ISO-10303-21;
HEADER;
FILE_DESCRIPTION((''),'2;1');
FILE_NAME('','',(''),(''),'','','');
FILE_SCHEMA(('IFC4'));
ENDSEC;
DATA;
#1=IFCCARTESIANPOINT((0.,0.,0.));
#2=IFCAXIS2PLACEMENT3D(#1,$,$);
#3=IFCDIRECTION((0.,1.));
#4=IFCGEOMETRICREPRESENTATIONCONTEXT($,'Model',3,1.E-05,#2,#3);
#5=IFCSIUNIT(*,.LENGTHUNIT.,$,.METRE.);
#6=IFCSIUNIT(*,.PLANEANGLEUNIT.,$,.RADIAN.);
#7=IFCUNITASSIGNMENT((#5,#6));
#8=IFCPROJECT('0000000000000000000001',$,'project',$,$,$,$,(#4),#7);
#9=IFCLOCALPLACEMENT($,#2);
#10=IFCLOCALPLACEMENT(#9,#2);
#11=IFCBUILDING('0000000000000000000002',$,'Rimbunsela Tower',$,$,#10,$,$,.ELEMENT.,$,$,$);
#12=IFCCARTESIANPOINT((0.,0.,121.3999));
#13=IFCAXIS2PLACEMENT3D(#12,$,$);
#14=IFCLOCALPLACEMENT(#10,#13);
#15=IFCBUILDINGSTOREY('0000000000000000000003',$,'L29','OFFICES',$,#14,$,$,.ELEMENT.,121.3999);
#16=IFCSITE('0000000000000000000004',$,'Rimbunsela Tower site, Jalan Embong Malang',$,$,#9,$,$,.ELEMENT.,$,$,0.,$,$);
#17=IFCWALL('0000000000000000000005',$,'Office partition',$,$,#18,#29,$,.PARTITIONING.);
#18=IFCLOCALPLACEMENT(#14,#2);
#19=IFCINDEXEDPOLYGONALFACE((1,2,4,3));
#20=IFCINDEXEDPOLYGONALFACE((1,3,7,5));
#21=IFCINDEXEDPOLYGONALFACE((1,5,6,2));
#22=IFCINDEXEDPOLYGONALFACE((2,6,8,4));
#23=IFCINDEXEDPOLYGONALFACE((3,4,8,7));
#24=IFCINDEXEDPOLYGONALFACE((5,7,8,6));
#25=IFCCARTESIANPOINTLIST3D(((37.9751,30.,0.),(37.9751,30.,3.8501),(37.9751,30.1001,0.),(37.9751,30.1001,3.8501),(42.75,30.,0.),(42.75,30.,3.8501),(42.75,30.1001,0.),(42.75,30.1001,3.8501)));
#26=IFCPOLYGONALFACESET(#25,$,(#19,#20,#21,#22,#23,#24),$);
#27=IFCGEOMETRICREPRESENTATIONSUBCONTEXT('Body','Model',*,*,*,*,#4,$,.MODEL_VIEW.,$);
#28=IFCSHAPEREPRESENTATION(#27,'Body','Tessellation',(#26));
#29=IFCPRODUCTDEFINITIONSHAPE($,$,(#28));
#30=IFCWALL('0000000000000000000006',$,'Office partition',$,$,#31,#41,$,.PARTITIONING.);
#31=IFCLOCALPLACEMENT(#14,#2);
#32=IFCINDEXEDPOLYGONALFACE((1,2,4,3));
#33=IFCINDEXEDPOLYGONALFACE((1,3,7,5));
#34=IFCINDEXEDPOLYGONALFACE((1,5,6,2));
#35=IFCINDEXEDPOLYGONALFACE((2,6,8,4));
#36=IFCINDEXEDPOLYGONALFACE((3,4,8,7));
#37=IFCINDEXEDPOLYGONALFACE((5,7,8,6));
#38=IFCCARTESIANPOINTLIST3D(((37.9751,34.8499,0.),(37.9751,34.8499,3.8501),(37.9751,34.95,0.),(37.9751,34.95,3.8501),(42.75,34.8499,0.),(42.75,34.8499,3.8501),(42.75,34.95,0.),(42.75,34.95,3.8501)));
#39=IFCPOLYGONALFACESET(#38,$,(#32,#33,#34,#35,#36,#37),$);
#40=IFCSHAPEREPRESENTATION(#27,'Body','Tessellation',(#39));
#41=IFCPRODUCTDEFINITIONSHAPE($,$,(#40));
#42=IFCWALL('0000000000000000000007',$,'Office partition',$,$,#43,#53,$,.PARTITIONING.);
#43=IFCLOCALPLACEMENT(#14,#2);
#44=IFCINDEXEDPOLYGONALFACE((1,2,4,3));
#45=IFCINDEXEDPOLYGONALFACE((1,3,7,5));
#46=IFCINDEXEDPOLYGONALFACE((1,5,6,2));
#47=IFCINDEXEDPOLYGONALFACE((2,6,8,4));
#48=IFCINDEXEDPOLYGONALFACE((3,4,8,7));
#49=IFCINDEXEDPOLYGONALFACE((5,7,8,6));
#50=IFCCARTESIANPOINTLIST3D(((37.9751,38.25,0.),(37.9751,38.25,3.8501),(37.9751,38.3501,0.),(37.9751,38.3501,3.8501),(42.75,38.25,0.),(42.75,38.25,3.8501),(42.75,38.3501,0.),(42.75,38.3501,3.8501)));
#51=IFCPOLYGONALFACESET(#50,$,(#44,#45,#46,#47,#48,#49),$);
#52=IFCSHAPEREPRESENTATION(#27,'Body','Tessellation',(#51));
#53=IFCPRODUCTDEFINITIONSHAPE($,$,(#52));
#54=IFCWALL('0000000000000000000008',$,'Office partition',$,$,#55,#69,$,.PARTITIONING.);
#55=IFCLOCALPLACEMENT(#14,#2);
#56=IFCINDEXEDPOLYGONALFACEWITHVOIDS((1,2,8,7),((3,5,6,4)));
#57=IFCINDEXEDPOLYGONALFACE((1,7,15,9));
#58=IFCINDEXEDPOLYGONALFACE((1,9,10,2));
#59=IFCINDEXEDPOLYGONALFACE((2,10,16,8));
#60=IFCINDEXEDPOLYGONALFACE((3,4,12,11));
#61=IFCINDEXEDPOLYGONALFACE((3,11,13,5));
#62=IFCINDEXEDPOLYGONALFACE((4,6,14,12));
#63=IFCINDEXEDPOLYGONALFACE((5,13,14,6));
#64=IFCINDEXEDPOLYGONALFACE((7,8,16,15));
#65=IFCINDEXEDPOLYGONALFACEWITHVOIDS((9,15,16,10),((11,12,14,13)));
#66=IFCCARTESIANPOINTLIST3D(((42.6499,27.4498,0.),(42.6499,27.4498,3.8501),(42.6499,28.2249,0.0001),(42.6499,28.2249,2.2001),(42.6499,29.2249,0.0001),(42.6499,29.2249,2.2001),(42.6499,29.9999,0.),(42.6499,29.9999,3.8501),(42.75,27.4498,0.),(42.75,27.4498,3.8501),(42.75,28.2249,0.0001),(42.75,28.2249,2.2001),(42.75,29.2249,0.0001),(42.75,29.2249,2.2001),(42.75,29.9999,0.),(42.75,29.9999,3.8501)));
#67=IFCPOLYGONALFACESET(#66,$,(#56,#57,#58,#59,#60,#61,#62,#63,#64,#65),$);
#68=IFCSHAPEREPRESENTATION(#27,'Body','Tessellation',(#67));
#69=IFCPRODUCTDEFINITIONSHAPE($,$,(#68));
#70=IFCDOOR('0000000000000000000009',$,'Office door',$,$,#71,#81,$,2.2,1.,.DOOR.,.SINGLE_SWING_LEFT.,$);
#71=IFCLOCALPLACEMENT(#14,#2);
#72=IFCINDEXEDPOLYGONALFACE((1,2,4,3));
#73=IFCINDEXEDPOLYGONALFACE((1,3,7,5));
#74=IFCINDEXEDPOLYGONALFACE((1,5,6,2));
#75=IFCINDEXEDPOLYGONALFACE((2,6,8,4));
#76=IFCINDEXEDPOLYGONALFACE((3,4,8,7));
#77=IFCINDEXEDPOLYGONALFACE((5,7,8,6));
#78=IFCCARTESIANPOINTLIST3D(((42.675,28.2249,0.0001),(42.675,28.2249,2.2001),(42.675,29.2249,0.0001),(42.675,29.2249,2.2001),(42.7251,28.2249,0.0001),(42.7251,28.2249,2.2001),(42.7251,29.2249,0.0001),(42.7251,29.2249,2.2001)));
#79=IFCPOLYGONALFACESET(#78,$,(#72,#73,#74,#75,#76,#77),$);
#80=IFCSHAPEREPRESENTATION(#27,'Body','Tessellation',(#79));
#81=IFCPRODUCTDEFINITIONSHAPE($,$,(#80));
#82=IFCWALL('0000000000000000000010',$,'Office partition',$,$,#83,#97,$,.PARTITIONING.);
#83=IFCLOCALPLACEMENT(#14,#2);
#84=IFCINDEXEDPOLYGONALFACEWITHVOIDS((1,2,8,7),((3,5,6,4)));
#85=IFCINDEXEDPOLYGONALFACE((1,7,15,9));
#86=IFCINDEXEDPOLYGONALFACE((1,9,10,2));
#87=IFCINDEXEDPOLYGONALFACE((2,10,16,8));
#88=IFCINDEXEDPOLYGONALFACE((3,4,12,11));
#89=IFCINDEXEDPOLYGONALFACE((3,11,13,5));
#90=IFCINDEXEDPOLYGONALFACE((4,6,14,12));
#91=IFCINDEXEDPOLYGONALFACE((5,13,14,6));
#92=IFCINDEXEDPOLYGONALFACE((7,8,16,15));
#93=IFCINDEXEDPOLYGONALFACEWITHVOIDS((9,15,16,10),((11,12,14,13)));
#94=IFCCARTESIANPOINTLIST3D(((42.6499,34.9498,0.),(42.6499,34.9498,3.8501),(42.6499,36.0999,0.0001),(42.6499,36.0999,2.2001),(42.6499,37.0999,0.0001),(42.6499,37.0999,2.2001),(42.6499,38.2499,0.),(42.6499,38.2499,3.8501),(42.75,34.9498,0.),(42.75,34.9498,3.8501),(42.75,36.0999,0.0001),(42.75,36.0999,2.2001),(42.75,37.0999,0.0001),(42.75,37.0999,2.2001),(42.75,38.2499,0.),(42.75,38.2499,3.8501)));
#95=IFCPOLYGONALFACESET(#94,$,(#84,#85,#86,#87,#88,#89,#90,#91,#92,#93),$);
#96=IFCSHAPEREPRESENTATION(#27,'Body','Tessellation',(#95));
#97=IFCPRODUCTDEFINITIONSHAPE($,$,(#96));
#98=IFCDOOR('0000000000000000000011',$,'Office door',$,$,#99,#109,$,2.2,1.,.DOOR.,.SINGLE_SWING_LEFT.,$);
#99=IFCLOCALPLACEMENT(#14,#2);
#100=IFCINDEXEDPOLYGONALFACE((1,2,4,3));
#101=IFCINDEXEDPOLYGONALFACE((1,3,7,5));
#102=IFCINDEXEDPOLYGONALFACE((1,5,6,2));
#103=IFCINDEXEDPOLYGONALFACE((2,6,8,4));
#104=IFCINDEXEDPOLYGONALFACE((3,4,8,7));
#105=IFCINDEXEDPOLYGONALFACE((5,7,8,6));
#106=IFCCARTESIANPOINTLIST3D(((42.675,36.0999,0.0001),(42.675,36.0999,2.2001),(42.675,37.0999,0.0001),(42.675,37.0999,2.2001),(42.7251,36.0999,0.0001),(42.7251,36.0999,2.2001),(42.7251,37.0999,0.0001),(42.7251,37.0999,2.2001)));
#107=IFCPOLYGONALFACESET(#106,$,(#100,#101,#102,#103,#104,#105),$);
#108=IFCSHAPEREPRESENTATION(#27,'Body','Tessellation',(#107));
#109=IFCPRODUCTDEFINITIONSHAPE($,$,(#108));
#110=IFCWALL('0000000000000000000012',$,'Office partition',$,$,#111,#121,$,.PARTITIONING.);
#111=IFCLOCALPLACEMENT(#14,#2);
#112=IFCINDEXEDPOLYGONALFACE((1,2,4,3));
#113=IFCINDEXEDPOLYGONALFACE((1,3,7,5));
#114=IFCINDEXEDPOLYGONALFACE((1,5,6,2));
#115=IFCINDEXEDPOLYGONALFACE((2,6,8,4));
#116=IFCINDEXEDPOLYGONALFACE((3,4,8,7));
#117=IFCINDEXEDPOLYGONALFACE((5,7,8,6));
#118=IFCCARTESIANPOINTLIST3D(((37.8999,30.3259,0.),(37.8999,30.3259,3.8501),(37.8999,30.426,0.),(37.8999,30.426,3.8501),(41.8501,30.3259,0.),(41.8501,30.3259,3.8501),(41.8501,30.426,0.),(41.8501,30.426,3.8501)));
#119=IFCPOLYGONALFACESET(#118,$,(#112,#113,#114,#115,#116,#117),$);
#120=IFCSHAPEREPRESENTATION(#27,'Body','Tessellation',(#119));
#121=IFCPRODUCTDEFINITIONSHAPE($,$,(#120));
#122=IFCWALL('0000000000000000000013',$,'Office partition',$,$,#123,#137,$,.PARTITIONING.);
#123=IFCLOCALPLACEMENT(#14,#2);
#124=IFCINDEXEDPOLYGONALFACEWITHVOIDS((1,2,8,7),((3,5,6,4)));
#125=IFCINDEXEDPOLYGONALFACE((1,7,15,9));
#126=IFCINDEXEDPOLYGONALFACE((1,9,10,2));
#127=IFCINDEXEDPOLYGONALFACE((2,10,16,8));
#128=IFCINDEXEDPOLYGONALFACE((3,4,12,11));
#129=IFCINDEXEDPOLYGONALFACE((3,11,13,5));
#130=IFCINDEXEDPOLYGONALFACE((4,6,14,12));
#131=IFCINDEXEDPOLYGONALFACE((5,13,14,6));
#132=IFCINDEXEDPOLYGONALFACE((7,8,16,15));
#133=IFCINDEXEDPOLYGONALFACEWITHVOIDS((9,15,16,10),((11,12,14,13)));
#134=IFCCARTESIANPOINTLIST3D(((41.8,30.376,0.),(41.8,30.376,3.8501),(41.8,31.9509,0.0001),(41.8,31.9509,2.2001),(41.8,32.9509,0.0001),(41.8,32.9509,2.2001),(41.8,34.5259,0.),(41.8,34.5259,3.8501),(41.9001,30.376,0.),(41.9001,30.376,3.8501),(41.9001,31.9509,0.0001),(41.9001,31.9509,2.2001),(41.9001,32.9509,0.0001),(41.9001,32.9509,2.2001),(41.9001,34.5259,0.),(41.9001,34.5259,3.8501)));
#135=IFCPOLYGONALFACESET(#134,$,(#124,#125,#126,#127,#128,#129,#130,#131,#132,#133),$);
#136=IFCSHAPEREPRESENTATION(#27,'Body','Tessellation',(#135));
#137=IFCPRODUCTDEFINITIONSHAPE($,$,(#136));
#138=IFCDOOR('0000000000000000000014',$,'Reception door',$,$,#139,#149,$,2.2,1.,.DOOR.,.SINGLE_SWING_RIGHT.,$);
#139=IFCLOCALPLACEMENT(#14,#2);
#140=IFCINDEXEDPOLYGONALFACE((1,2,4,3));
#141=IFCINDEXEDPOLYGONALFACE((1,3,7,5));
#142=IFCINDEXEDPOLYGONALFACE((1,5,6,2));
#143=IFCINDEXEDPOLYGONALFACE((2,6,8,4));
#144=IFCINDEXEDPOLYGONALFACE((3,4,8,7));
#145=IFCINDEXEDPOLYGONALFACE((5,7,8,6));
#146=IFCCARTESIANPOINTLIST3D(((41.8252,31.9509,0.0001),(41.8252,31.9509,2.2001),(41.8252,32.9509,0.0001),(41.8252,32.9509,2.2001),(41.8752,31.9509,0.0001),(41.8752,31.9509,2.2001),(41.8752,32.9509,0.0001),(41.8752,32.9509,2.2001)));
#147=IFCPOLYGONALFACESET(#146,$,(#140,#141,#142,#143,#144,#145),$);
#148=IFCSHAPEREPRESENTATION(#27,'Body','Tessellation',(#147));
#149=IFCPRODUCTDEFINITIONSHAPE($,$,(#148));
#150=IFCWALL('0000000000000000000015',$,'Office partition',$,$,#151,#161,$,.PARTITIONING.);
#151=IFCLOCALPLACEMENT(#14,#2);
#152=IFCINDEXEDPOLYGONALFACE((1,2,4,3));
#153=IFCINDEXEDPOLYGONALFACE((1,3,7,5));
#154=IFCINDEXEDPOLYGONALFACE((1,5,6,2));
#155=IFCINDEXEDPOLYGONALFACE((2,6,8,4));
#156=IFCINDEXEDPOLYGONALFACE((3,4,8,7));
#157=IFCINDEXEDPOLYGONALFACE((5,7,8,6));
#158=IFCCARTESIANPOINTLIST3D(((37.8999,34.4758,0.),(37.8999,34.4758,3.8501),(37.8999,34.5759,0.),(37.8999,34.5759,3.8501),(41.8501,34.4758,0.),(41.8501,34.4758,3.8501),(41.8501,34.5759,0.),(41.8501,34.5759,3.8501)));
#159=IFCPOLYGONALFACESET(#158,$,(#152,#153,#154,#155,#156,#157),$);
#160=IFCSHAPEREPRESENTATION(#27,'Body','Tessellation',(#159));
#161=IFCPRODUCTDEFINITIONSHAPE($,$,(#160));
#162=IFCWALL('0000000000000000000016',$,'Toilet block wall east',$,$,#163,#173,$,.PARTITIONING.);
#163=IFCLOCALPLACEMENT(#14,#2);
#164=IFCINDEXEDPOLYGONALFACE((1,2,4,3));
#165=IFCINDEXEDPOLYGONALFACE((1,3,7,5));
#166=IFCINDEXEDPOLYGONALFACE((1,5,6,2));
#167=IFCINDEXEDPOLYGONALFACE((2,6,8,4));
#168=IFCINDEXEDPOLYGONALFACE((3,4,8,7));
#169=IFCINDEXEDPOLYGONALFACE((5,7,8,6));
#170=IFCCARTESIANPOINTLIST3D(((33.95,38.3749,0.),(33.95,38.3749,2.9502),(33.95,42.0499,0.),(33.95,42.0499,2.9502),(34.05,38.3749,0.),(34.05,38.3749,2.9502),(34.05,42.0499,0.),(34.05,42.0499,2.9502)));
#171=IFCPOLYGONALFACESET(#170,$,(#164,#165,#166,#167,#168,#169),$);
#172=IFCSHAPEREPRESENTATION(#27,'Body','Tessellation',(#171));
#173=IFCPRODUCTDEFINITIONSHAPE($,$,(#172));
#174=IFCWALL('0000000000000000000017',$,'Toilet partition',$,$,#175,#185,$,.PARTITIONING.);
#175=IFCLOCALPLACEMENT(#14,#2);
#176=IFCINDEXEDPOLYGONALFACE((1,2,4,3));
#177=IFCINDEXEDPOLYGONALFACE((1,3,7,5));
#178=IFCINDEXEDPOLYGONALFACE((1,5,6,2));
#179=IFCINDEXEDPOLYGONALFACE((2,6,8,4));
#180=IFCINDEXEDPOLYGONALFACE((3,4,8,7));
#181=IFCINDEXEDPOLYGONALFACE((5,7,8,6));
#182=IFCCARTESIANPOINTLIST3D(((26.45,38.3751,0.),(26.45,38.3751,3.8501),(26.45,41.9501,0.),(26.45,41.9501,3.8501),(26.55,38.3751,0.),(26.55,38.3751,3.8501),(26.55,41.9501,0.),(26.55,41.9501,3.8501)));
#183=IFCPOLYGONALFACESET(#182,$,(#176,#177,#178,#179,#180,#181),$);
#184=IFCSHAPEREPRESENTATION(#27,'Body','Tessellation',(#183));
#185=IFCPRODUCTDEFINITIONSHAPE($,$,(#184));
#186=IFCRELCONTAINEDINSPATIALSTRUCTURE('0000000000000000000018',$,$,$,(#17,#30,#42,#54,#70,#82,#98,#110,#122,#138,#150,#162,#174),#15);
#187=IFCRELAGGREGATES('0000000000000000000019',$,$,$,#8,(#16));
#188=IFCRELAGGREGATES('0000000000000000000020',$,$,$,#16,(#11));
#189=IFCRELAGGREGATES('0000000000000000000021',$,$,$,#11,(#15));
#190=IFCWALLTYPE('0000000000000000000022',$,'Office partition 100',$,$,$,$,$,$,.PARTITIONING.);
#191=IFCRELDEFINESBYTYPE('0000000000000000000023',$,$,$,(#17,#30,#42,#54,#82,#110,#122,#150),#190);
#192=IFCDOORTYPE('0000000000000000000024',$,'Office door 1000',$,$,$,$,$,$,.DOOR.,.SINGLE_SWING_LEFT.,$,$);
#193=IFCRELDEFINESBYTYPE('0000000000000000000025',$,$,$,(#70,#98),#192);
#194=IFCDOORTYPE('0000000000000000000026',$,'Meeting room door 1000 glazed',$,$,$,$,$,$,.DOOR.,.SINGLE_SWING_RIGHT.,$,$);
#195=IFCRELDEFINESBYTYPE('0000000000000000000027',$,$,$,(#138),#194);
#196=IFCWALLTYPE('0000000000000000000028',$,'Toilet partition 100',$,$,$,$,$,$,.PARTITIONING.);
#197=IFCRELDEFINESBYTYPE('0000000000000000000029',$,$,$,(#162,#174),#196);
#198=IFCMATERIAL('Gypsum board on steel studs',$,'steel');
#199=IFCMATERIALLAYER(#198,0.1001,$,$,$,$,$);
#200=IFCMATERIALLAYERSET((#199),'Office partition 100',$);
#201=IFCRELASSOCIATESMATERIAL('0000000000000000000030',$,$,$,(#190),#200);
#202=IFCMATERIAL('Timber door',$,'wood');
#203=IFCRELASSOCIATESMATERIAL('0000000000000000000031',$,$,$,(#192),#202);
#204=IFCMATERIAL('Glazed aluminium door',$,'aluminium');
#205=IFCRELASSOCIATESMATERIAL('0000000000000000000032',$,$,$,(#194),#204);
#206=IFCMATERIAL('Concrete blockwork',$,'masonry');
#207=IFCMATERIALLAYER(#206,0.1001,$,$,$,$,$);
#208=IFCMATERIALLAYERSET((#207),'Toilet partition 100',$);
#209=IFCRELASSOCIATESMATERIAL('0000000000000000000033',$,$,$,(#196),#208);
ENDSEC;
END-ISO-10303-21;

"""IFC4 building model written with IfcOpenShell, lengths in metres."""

from ifc_helpers import new_model, si_unit, direction, frame, frame_2d, origin, place, context, subcontext, project, spatial, rectangle, extrude, material, layer, layer_set, type_object, element, fill, save


model = new_model("IFC4")

# Units and contexts
model_context = context("Model", 3, precision=1e-05, world=origin(), true_north=direction((0.0, 1.0)))
body_context = subcontext(model_context, "Body", "Model", "MODEL_VIEW")
ifc_project = project(units=[si_unit("LENGTHUNIT", "METRE"), si_unit("PLANEANGLEUNIT", "RADIAN")], contexts=[model_context])

# Site, building, storey
site_placement = place(None, origin())
site = spatial("IfcSite", under=ifc_project, at=site_placement, Name="Rimbunsela Tower site, Jalan Embong Malang", CompositionType="ELEMENT", RefElevation=0.0)
building_placement = place(site_placement, origin())
building = spatial("IfcBuilding", under=site, at=building_placement, Name="Rimbunsela Tower", CompositionType="ELEMENT")
storey_placement = place(building_placement, frame((0.0, 0.0, 121.3999)))
storey = spatial("IfcBuildingStorey", under=building, at=storey_placement, Name="L29", Description="OFFICES", CompositionType="ELEMENT", Elevation=121.3999)

# Walls
ifc_material_1 = material(Name="Gypsum board on steel studs", Category="steel")
ifc_layer_1 = layer(ifc_material_1, 0.1001)
ifc_layer_set_1 = layer_set([ifc_layer_1], Name="Office partition 100")
wall_type_1 = type_object("IfcWallType", Name="Office partition 100", PredefinedType="PARTITIONING", material=ifc_layer_set_1)
for number, where, z_axis, x_axis, name in (
    (1, (37.9751, 30.05, 0.0), (0.0, 0.0, 1.0), (1.0, 0.0, 0.0), "Office partition"),
    (2, (37.9751, 34.8999, 0.0), (0.0, 0.0, 1.0), (1.0, 0.0, 0.0), "Office partition"),
    (3, (37.9751, 38.3, 0.0), (0.0, 0.0, 1.0), (1.0, 0.0, 0.0), "Office partition"),
):
    element("IfcWall", number, at=place(storey_placement, frame(where, z_axis=z_axis, x_axis=x_axis)), inside=storey, type_object=wall_type_1, Name=name, PredefinedType="PARTITIONING", context=body_context, shape_type="SweptSolid", body=[
        extrude(rectangle(XDim=4.7749, YDim=0.1001, at=frame_2d((2.3875, 0.0))), origin(), (0.0, 0.0, 1.0), 3.8501),
    ])

# Walls, openings, doors
wall_1_placement = place(storey_placement, frame((42.7, 27.45, 0.0), z_axis=(0.0, 0.0, 1.0), x_axis=(0.0, 1.0, 0.0)))
wall_1 = element("IfcWall", 4, at=wall_1_placement, inside=storey, type_object=wall_type_1, Name="Office partition", PredefinedType="PARTITIONING", context=body_context, shape_type="SweptSolid", body=[
    extrude(rectangle(XDim=2.55, YDim=0.1001, at=frame_2d((1.2749, 0.0))), origin(), (0.0, 0.0, 1.0), 3.8501),
])
opening_1_placement = place(wall_1_placement, frame((0.7749, 0.0, 0.0)))
opening_1 = element("IfcOpeningElement", 5, at=opening_1_placement, cuts=wall_1, PredefinedType="OPENING", context=body_context, shape_type="SweptSolid", body=[
    extrude(rectangle(XDim=1.0, YDim=2.2, at=frame_2d((0.5, 1.1001))), frame((0.0, 0.0601, 0.0), z_axis=(0.0, -1.0, 0.0), x_axis=(1.0, 0.0, 0.0)), (0.0, 0.0, 1.0), 0.1201),
])
ifc_material_2 = material(Name="Timber door", Category="wood")
door_type_1 = type_object("IfcDoorType", Name="Office door 1000", OperationType="SINGLE_SWING_LEFT", PredefinedType="DOOR", material=ifc_material_2)
door_1_placement = place(opening_1_placement, origin())
door_1 = element("IfcDoor", 6, at=door_1_placement, inside=storey, type_object=door_type_1, Name="Office door", OperationType="SINGLE_SWING_LEFT", OverallHeight=2.2, OverallWidth=1.0, PredefinedType="DOOR", context=body_context, shape_type="SweptSolid", body=[
    extrude(rectangle(XDim=1.0, YDim=2.2, at=frame_2d((0.5, 1.1001))), frame((0.0, 0.0249, 0.0), z_axis=(0.0, -1.0, 0.0), x_axis=(1.0, 0.0, 0.0)), (0.0, 0.0, 1.0), 0.05),
])
fill(opening_1, door_1)
wall_2_placement = place(storey_placement, frame((42.7, 34.95, 0.0), z_axis=(0.0, 0.0, 1.0), x_axis=(0.0, 1.0, 0.0)))
wall_2 = element("IfcWall", 7, at=wall_2_placement, inside=storey, type_object=wall_type_1, Name="Office partition", PredefinedType="PARTITIONING", context=body_context, shape_type="SweptSolid", body=[
    extrude(rectangle(XDim=3.3, YDim=0.1001, at=frame_2d((1.6499, 0.0))), origin(), (0.0, 0.0, 1.0), 3.8501),
])
opening_2_placement = place(wall_2_placement, frame((1.1499, 0.0, 0.0)))
opening_2 = element("IfcOpeningElement", 8, at=opening_2_placement, cuts=wall_2, PredefinedType="OPENING", context=body_context, shape_type="SweptSolid", body=[
    extrude(rectangle(XDim=1.0, YDim=2.2, at=frame_2d((0.5, 1.1001))), frame((0.0, 0.0601, 0.0), z_axis=(0.0, -1.0, 0.0), x_axis=(1.0, 0.0, 0.0)), (0.0, 0.0, 1.0), 0.1201),
])
door_2_placement = place(opening_2_placement, origin())
door_2 = element("IfcDoor", 9, at=door_2_placement, inside=storey, type_object=door_type_1, Name="Office door", OperationType="SINGLE_SWING_LEFT", OverallHeight=2.2, OverallWidth=1.0, PredefinedType="DOOR", context=body_context, shape_type="SweptSolid", body=[
    extrude(rectangle(XDim=1.0, YDim=2.2, at=frame_2d((0.5, 1.1001))), frame((0.0, 0.0249, 0.0), z_axis=(0.0, -1.0, 0.0), x_axis=(1.0, 0.0, 0.0)), (0.0, 0.0, 1.0), 0.05),
])
fill(opening_2, door_2)

# Wall
wall_3_placement = place(storey_placement, frame((37.8999, 30.376, 0.0), z_axis=(0.0, 0.0, 1.0), x_axis=(1.0, 0.0, 0.0)))
element("IfcWall", 10, at=wall_3_placement, inside=storey, type_object=wall_type_1, Name="Office partition", PredefinedType="PARTITIONING", context=body_context, shape_type="SweptSolid", body=[
    extrude(rectangle(XDim=3.9502, YDim=0.1001, at=frame_2d((1.9751, 0.0))), origin(), (0.0, 0.0, 1.0), 3.8501),
])

# Wall, opening, door
wall_4_placement = place(storey_placement, frame((41.8501, 30.376, 0.0), z_axis=(0.0, 0.0, 1.0), x_axis=(0.0, 1.0, 0.0)))
wall_4 = element("IfcWall", 11, at=wall_4_placement, inside=storey, type_object=wall_type_1, Name="Office partition", PredefinedType="PARTITIONING", context=body_context, shape_type="SweptSolid", body=[
    extrude(rectangle(XDim=4.1499, YDim=0.1001, at=frame_2d((2.075, 0.0))), origin(), (0.0, 0.0, 1.0), 3.8501),
])
opening_3_placement = place(wall_4_placement, frame((1.575, 0.0, 0.0)))
opening_3 = element("IfcOpeningElement", 12, at=opening_3_placement, cuts=wall_4, PredefinedType="OPENING", context=body_context, shape_type="SweptSolid", body=[
    extrude(rectangle(XDim=1.0, YDim=2.2, at=frame_2d((0.5, 1.1001))), frame((0.0, 0.0601, 0.0), z_axis=(0.0, -1.0, 0.0), x_axis=(1.0, 0.0, 0.0)), (0.0, 0.0, 1.0), 0.1201),
])
ifc_material_3 = material(Name="Glazed aluminium door", Category="aluminium")
door_type_2 = type_object("IfcDoorType", Name="Meeting room door 1000 glazed", OperationType="SINGLE_SWING_RIGHT", PredefinedType="DOOR", material=ifc_material_3)
door_3_placement = place(opening_3_placement, origin())
door_3 = element("IfcDoor", 13, at=door_3_placement, inside=storey, type_object=door_type_2, Name="Reception door", OperationType="SINGLE_SWING_RIGHT", OverallHeight=2.2, OverallWidth=1.0, PredefinedType="DOOR", context=body_context, shape_type="SweptSolid", body=[
    extrude(rectangle(XDim=1.0, YDim=2.2, at=frame_2d((0.5, 1.1001))), frame((0.0, 0.0249, 0.0), z_axis=(0.0, -1.0, 0.0), x_axis=(1.0, 0.0, 0.0)), (0.0, 0.0, 1.0), 0.05),
])
fill(opening_3, door_3)

# Walls
wall_5_placement = place(storey_placement, frame((41.8501, 34.5259, 0.0), z_axis=(0.0, 0.0, 1.0), x_axis=(-1.0, 0.0, 0.0)))
element("IfcWall", 14, at=wall_5_placement, inside=storey, type_object=wall_type_1, Name="Office partition", PredefinedType="PARTITIONING", context=body_context, shape_type="SweptSolid", body=[
    extrude(rectangle(XDim=3.9502, YDim=0.1001, at=frame_2d((1.9751, 0.0))), origin(), (0.0, 0.0, 1.0), 3.8501),
])
ifc_material_4 = material(Name="Concrete blockwork", Category="masonry")
ifc_layer_2 = layer(ifc_material_4, 0.1001)
ifc_layer_set_2 = layer_set([ifc_layer_2], Name="Toilet partition 100")
wall_type_2 = type_object("IfcWallType", Name="Toilet partition 100", PredefinedType="PARTITIONING", material=ifc_layer_set_2)
wall_6_placement = place(storey_placement, frame((34.0, 38.375, 0.0), z_axis=(0.0, 0.0, 1.0), x_axis=(0.0, 1.0, 0.0)))
element("IfcWall", 15, at=wall_6_placement, inside=storey, type_object=wall_type_2, Name="Toilet block wall east", PredefinedType="PARTITIONING", context=body_context, shape_type="SweptSolid", body=[
    extrude(rectangle(XDim=3.675, YDim=0.1001, at=frame_2d((1.8374, 0.0))), origin(), (0.0, 0.0, 1.0), 2.9502),
])
for number, where, z_axis, x_axis, name in (
    (16, (26.5, 38.375, 0.0), (0.0, 0.0, 1.0), (0.0, 1.0, 0.0), "Toilet partition"),
):
    element("IfcWall", number, at=place(storey_placement, frame(where, z_axis=z_axis, x_axis=x_axis)), inside=storey, type_object=wall_type_2, Name=name, PredefinedType="PARTITIONING", context=body_context, shape_type="SweptSolid", body=[
        extrude(rectangle(XDim=3.575, YDim=0.1001, at=frame_2d((1.7876, 0.0))), origin(), (0.0, 0.0, 1.0), 3.8501),
    ])

save(model, "model.ifc")
